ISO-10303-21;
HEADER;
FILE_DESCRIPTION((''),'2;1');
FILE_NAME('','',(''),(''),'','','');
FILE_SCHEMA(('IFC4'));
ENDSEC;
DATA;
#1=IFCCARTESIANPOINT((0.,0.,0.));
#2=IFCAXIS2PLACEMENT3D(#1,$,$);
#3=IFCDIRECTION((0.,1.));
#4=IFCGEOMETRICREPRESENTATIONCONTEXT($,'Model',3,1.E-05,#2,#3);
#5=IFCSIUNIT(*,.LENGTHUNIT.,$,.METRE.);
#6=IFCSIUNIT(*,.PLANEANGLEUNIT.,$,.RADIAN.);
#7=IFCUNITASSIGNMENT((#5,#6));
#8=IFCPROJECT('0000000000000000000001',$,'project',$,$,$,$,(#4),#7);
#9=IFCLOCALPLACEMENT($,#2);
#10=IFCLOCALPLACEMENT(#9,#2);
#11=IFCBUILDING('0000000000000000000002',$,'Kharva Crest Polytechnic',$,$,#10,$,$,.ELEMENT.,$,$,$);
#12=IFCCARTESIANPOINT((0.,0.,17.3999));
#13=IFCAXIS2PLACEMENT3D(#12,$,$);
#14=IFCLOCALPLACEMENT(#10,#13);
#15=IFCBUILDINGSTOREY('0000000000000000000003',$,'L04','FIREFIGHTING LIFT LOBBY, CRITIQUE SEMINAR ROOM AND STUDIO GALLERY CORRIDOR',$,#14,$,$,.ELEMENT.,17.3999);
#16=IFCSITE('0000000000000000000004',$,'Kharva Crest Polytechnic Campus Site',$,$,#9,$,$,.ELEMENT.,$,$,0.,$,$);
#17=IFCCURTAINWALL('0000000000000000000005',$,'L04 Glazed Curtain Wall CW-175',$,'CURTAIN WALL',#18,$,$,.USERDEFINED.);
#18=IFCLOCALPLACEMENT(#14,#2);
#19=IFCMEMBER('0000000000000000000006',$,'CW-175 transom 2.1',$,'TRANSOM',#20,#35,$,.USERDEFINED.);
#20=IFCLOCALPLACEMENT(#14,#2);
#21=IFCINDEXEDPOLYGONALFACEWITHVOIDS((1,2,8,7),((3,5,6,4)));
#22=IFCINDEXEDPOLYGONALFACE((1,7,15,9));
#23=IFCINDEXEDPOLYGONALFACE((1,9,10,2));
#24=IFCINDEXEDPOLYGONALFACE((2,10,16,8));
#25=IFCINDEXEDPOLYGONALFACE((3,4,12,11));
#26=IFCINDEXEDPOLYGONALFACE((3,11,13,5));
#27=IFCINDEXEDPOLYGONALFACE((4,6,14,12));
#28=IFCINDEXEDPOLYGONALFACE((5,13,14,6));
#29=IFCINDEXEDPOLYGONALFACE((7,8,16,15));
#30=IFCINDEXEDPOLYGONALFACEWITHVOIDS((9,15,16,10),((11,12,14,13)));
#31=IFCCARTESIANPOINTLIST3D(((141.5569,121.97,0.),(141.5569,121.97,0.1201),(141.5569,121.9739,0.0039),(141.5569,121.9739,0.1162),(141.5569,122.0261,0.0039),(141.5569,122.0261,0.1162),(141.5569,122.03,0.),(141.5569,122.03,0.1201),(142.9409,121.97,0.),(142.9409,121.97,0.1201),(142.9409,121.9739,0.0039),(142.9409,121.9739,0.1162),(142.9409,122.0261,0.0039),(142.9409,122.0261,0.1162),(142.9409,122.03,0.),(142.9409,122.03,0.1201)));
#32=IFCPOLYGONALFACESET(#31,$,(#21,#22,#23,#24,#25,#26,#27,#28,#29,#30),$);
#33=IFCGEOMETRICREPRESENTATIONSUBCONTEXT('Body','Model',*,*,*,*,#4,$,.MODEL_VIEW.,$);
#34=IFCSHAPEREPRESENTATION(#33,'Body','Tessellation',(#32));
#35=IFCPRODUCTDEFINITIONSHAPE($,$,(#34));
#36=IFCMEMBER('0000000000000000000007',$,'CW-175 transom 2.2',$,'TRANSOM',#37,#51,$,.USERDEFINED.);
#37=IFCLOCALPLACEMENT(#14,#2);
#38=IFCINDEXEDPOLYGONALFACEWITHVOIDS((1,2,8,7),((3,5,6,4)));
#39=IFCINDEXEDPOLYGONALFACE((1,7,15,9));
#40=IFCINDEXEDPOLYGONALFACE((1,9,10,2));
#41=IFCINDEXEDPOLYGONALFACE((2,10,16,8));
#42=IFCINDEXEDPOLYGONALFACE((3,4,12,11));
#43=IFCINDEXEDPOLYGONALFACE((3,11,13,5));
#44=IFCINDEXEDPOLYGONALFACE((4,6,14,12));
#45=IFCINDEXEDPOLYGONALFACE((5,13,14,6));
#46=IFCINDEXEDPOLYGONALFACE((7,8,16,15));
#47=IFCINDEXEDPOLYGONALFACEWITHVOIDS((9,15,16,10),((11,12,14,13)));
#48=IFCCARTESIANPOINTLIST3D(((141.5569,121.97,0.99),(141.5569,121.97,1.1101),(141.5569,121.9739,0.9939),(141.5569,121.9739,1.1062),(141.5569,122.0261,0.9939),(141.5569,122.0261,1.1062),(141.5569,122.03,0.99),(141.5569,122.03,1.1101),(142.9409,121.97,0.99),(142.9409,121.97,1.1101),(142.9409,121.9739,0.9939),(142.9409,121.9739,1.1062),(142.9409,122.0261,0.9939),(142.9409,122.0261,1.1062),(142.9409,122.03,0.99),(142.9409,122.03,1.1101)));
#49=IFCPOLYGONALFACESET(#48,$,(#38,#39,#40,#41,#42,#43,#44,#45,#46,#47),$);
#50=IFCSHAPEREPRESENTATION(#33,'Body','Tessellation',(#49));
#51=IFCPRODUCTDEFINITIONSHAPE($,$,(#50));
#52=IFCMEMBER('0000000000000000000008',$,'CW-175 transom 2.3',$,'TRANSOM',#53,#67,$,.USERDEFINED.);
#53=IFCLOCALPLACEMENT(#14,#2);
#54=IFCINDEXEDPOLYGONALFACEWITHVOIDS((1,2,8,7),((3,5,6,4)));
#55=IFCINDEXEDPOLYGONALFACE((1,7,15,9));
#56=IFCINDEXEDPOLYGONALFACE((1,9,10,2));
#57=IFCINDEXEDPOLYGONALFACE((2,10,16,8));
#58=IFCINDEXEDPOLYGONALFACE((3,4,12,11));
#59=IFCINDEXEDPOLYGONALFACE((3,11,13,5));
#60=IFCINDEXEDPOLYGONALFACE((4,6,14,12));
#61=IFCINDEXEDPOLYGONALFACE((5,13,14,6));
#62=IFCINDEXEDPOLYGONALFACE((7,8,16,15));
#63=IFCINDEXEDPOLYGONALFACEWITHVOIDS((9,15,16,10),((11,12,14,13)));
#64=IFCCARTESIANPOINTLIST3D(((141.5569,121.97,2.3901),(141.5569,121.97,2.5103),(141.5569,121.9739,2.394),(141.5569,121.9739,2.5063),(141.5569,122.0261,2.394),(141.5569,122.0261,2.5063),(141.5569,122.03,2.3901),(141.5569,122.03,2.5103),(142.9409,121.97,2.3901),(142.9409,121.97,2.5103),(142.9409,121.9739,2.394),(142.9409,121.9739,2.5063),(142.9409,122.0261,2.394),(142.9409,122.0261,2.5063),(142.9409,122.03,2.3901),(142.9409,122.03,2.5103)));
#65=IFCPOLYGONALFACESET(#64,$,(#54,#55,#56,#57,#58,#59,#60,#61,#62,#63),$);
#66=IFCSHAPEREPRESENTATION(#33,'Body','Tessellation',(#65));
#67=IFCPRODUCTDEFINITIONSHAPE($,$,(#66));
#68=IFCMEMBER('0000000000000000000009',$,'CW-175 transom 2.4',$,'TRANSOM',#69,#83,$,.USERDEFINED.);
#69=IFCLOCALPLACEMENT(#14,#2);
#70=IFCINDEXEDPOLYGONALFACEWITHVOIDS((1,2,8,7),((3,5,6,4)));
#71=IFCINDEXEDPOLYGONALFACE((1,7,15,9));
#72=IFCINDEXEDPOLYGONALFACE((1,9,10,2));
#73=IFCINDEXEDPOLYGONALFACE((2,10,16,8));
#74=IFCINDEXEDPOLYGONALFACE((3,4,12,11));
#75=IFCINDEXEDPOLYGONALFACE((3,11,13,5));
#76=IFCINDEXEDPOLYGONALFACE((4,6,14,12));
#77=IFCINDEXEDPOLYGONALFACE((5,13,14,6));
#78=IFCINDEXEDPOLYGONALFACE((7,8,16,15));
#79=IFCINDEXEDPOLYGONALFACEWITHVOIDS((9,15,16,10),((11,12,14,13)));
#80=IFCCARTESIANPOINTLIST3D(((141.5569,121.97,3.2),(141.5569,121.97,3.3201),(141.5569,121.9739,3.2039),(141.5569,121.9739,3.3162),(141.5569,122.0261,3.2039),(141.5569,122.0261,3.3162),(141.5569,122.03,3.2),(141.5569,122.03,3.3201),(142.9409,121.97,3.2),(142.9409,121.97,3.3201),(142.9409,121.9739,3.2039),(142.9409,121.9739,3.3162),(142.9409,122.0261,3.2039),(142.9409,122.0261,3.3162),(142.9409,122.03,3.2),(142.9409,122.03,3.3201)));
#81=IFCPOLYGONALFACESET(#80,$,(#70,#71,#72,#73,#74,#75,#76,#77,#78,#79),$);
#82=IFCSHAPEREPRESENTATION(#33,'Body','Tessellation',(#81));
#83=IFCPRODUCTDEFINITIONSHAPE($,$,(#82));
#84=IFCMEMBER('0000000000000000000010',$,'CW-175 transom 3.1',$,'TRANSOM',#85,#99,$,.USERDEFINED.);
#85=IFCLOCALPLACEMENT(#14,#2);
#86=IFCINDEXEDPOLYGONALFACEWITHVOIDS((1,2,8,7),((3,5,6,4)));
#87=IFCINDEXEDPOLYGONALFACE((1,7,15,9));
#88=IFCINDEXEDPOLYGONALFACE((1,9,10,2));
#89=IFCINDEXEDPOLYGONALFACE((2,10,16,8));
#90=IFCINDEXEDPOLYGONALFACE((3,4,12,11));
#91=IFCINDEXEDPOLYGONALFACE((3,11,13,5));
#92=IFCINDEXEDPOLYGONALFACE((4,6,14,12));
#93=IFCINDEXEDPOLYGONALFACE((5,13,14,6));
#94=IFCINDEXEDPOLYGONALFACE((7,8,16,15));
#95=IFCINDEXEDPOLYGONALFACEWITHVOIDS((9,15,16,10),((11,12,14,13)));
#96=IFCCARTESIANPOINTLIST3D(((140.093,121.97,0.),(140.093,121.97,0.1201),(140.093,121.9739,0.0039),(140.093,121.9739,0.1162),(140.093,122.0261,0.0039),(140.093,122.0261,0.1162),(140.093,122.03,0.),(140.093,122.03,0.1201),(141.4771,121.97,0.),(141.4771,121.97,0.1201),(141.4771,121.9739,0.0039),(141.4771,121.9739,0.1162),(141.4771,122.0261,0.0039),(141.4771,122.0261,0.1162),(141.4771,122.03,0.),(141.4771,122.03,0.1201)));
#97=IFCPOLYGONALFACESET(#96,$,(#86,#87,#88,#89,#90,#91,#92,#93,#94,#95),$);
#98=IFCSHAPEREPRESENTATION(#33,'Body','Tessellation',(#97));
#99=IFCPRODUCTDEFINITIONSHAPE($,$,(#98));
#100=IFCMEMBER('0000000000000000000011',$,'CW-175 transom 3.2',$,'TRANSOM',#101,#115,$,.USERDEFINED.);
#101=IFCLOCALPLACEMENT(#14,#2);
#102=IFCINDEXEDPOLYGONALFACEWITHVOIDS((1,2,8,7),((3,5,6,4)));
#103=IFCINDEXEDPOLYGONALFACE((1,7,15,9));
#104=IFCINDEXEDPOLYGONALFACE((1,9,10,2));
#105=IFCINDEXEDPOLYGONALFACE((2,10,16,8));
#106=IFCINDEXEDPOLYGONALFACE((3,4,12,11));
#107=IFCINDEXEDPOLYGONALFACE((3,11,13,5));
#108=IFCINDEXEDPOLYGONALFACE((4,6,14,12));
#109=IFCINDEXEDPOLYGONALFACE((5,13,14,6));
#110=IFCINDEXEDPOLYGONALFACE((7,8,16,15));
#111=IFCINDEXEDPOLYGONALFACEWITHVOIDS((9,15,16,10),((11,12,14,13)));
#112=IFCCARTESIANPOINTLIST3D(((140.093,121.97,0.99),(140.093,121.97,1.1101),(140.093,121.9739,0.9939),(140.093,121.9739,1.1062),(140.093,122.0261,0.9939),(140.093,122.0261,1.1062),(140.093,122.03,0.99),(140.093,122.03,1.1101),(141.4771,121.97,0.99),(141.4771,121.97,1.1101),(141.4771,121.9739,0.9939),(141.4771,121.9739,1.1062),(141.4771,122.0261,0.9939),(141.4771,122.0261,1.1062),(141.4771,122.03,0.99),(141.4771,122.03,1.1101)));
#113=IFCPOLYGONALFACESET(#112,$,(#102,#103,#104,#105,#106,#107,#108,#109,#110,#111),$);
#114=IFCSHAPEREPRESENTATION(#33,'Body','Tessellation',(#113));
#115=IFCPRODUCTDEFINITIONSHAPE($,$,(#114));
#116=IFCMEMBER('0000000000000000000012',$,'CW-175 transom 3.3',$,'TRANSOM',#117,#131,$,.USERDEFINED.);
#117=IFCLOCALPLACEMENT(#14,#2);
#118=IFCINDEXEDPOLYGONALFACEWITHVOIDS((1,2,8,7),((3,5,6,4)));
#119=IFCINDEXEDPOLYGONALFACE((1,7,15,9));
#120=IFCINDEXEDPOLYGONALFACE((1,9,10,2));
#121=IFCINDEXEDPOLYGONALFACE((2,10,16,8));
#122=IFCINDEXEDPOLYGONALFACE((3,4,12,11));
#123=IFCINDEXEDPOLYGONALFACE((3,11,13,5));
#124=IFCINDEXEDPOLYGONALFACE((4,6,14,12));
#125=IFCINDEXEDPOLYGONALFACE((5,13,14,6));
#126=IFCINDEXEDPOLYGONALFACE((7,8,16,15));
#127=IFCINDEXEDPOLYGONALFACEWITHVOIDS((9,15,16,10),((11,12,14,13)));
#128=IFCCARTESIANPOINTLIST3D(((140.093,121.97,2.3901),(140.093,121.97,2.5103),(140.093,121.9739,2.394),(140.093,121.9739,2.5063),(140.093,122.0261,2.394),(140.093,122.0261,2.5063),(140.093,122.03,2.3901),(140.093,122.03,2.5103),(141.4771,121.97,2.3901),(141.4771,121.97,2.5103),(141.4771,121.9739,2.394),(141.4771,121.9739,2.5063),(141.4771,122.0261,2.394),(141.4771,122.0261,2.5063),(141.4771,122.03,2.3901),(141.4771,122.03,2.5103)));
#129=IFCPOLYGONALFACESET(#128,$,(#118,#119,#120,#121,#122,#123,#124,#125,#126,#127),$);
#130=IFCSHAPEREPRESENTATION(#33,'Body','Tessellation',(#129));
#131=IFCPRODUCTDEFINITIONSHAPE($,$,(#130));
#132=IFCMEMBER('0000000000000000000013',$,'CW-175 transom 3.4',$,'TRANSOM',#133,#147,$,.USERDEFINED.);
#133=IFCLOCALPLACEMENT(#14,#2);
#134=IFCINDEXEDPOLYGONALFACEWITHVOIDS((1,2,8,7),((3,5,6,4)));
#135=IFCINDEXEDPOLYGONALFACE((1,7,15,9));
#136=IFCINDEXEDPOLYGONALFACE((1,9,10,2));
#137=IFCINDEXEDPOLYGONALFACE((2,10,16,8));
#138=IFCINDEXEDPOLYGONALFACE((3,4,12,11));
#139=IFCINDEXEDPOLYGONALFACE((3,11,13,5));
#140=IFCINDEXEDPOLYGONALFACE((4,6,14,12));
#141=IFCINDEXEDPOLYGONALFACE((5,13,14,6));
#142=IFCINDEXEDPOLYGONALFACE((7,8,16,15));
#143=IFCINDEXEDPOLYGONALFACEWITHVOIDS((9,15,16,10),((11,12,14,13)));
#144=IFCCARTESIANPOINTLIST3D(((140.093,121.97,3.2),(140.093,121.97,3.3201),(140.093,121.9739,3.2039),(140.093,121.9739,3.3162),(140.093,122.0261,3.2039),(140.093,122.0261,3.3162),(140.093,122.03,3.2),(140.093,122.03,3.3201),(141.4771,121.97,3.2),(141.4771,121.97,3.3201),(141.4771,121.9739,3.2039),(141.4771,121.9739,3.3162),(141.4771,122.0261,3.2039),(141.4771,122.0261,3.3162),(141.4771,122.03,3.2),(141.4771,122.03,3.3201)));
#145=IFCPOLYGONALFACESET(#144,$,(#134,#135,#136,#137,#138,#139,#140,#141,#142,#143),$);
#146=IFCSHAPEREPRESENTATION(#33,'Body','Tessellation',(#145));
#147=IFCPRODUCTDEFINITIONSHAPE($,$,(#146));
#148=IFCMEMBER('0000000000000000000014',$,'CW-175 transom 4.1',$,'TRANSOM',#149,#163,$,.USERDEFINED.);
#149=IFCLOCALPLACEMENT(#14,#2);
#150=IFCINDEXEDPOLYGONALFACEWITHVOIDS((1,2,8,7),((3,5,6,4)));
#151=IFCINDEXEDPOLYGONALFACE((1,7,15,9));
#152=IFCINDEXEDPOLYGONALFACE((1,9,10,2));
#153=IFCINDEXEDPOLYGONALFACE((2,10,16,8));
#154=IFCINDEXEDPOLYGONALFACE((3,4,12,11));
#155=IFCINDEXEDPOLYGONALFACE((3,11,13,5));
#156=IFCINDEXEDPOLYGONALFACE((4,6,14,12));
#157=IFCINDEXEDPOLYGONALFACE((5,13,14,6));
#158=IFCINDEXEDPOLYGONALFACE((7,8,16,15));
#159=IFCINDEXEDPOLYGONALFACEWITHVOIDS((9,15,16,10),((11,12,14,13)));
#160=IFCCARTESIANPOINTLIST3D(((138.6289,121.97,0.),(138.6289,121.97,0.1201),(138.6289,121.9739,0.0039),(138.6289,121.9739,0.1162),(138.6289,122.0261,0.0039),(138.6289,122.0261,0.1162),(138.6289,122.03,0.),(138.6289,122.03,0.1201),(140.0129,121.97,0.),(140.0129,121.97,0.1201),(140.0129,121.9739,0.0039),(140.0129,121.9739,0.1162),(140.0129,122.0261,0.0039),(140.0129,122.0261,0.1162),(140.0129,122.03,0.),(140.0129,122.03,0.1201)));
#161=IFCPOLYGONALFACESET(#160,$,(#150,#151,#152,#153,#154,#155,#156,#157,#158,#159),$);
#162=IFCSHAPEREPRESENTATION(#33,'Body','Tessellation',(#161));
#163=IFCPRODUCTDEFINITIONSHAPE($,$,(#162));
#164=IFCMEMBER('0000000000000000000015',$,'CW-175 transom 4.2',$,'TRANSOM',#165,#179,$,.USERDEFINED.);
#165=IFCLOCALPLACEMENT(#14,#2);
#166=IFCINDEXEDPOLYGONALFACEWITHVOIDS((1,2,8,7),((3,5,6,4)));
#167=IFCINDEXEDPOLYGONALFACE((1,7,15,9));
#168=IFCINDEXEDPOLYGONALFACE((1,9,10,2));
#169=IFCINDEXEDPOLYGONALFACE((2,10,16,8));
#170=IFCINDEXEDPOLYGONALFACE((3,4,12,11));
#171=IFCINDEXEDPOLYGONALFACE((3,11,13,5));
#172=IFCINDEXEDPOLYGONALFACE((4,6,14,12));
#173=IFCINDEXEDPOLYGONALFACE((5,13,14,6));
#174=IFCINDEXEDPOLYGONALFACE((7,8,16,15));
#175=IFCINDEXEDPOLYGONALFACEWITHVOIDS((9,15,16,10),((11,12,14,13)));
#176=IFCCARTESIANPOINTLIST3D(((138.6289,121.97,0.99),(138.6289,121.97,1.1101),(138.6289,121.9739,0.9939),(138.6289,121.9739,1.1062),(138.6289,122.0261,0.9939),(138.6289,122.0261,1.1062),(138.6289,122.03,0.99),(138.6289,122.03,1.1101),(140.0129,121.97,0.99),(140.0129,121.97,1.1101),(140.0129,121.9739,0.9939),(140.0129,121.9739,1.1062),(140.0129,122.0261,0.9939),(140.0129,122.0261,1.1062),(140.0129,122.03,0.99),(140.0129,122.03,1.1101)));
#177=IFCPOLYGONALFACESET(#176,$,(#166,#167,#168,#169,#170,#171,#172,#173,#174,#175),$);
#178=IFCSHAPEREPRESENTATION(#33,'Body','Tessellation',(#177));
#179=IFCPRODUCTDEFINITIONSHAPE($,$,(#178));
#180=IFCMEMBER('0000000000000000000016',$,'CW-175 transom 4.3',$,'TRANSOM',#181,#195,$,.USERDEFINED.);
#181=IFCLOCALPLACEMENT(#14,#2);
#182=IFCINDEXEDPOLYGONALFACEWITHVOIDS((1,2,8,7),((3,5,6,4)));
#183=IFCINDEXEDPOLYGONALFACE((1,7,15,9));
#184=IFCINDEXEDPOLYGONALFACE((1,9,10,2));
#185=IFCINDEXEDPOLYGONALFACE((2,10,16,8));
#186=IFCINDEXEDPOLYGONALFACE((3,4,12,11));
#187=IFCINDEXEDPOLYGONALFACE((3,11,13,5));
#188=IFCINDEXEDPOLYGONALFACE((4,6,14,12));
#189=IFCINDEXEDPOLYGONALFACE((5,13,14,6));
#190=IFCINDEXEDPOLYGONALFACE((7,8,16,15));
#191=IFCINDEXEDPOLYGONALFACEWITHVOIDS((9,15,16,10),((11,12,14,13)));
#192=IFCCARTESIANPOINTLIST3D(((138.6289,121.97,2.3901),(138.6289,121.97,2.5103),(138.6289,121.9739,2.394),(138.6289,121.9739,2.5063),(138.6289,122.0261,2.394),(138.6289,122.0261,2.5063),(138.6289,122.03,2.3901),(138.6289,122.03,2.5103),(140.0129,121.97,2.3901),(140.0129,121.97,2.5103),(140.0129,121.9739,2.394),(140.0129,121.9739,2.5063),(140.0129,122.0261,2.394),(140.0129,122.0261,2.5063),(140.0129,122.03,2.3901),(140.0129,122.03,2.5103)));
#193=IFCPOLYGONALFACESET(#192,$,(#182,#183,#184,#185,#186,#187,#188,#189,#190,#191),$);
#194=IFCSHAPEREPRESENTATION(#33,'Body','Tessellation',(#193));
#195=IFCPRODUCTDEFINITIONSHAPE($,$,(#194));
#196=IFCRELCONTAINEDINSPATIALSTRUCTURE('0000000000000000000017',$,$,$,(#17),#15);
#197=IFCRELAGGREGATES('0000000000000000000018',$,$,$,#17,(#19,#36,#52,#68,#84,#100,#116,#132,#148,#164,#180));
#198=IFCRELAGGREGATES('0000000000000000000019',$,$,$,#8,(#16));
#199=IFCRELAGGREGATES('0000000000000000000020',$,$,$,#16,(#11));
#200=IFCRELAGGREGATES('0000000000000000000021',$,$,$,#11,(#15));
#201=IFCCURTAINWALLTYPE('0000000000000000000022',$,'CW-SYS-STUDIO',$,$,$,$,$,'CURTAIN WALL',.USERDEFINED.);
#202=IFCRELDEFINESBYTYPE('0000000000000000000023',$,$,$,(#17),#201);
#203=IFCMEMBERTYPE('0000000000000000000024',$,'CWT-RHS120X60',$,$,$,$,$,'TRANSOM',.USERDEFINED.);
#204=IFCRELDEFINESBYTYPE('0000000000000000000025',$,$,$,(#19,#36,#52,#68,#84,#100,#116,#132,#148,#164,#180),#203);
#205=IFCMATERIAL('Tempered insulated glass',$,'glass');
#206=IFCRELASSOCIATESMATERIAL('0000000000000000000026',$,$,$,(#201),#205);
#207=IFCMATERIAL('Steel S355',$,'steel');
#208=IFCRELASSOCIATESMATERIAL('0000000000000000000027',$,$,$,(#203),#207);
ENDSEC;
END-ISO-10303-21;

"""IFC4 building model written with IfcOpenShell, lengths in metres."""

from ifc_helpers import new_model, si_unit, direction, frame, origin, origin_2d, place, context, subcontext, project, spatial, hollow_rectangle, extrude, material, material_profile, profile_set, type_object, element, aggregate, save


model = new_model("IFC4")

# Units and contexts
model_context = context("Model", 3, precision=1e-05, world=origin(), true_north=direction((0.0, 1.0)))
body_context = subcontext(model_context, "Body", "Model", "MODEL_VIEW")
ifc_project = project(units=[si_unit("LENGTHUNIT", "METRE"), si_unit("PLANEANGLEUNIT", "RADIAN")], contexts=[model_context])

# Site, building, storey
site_placement = place(None, origin())
site = spatial("IfcSite", under=ifc_project, at=site_placement, Name="Kharva Crest Polytechnic Campus Site", CompositionType="ELEMENT", RefElevation=0.0)
building_placement = place(site_placement, origin())
building = spatial("IfcBuilding", under=site, at=building_placement, Name="Kharva Crest Polytechnic", CompositionType="ELEMENT")
storey_placement = place(building_placement, frame((0.0, 0.0, 17.3999)))
storey = spatial("IfcBuildingStorey", under=building, at=storey_placement, Name="L04", Description="FIREFIGHTING LIFT LOBBY, CRITIQUE SEMINAR ROOM AND STUDIO GALLERY CORRIDOR", CompositionType="ELEMENT", Elevation=17.3999)

# Curtain wall, members
ifc_material_1 = material(Name="Tempered insulated glass", Category="glass")
curtain_wall_type = type_object("IfcCurtainWallType", Name="CW-SYS-STUDIO", ElementType="CURTAIN WALL", PredefinedType="USERDEFINED", material=ifc_material_1)
curtain_wall_placement = place(storey_placement, origin())
curtain_wall = element("IfcCurtainWall", 1, at=curtain_wall_placement, inside=storey, type_object=curtain_wall_type, Name="L04 Glazed Curtain Wall CW-175", ObjectType="CURTAIN WALL", PredefinedType="USERDEFINED")
ifc_material_2 = material(Name="Steel S355", Category="steel")
ifc_material_profile_1 = material_profile(ifc_material_2, hollow_rectangle(XDim=0.0601, YDim=0.1201, WallThickness=0.0039, at=origin_2d()), Name="RHS 120X60X4.0")
ifc_profile_set_1 = profile_set([ifc_material_profile_1], Name="Steel S355")
member_type_1 = type_object("IfcMemberType", Name="CWT-RHS120X60", ElementType="TRANSOM", PredefinedType="USERDEFINED", material=ifc_profile_set_1)
member_1_placement = place(storey_placement, frame((142.9409, 122.0, 0.0601), z_axis=(-1.0, 0.0, 0.0), x_axis=(0.0, -1.0, 0.0)))
member_1 = element("IfcMember", 2, at=member_1_placement, type_object=member_type_1, Name="CW-175 transom 2.1", ObjectType="TRANSOM", PredefinedType="USERDEFINED", context=body_context, shape_type="SweptSolid", body=[
    extrude(hollow_rectangle(XDim=0.0601, YDim=0.1201, WallThickness=0.0039, at=origin_2d()), origin(), (0.0, 0.0, 1.0), 1.384),
])
member_2_placement = place(storey_placement, frame((142.9409, 122.0, 1.05), z_axis=(-1.0, 0.0, 0.0), x_axis=(0.0, -1.0, 0.0)))
member_2 = element("IfcMember", 3, at=member_2_placement, type_object=member_type_1, Name="CW-175 transom 2.2", ObjectType="TRANSOM", PredefinedType="USERDEFINED", context=body_context, shape_type="SweptSolid", body=[
    extrude(hollow_rectangle(XDim=0.0601, YDim=0.1201, WallThickness=0.0039, at=origin_2d()), origin(), (0.0, 0.0, 1.0), 1.384),
])
member_3_placement = place(storey_placement, frame((142.9409, 122.0, 2.4502), z_axis=(-1.0, 0.0, 0.0), x_axis=(0.0, -1.0, 0.0)))
member_3 = element("IfcMember", 4, at=member_3_placement, type_object=member_type_1, Name="CW-175 transom 2.3", ObjectType="TRANSOM", PredefinedType="USERDEFINED", context=body_context, shape_type="SweptSolid", body=[
    extrude(hollow_rectangle(XDim=0.0601, YDim=0.1201, WallThickness=0.0039, at=origin_2d()), origin(), (0.0, 0.0, 1.0), 1.384),
])
member_4_placement = place(storey_placement, frame((142.9409, 122.0, 3.26), z_axis=(-1.0, 0.0, 0.0), x_axis=(0.0, -1.0, 0.0)))
member_4 = element("IfcMember", 5, at=member_4_placement, type_object=member_type_1, Name="CW-175 transom 2.4", ObjectType="TRANSOM", PredefinedType="USERDEFINED", context=body_context, shape_type="SweptSolid", body=[
    extrude(hollow_rectangle(XDim=0.0601, YDim=0.1201, WallThickness=0.0039, at=origin_2d()), origin(), (0.0, 0.0, 1.0), 1.384),
])
member_5_placement = place(storey_placement, frame((141.4771, 122.0, 0.0601), z_axis=(-1.0, 0.0, 0.0), x_axis=(0.0, -1.0, 0.0)))
member_5 = element("IfcMember", 6, at=member_5_placement, type_object=member_type_1, Name="CW-175 transom 3.1", ObjectType="TRANSOM", PredefinedType="USERDEFINED", context=body_context, shape_type="SweptSolid", body=[
    extrude(hollow_rectangle(XDim=0.0601, YDim=0.1201, WallThickness=0.0039, at=origin_2d()), origin(), (0.0, 0.0, 1.0), 1.384),
])
member_6_placement = place(storey_placement, frame((141.4771, 122.0, 1.05), z_axis=(-1.0, 0.0, 0.0), x_axis=(0.0, -1.0, 0.0)))
member_6 = element("IfcMember", 7, at=member_6_placement, type_object=member_type_1, Name="CW-175 transom 3.2", ObjectType="TRANSOM", PredefinedType="USERDEFINED", context=body_context, shape_type="SweptSolid", body=[
    extrude(hollow_rectangle(XDim=0.0601, YDim=0.1201, WallThickness=0.0039, at=origin_2d()), origin(), (0.0, 0.0, 1.0), 1.384),
])
member_7_placement = place(storey_placement, frame((141.4771, 122.0, 2.4502), z_axis=(-1.0, 0.0, 0.0), x_axis=(0.0, -1.0, 0.0)))
member_7 = element("IfcMember", 8, at=member_7_placement, type_object=member_type_1, Name="CW-175 transom 3.3", ObjectType="TRANSOM", PredefinedType="USERDEFINED", context=body_context, shape_type="SweptSolid", body=[
    extrude(hollow_rectangle(XDim=0.0601, YDim=0.1201, WallThickness=0.0039, at=origin_2d()), origin(), (0.0, 0.0, 1.0), 1.384),
])
member_8_placement = place(storey_placement, frame((141.4771, 122.0, 3.26), z_axis=(-1.0, 0.0, 0.0), x_axis=(0.0, -1.0, 0.0)))
member_8 = element("IfcMember", 9, at=member_8_placement, type_object=member_type_1, Name="CW-175 transom 3.4", ObjectType="TRANSOM", PredefinedType="USERDEFINED", context=body_context, shape_type="SweptSolid", body=[
    extrude(hollow_rectangle(XDim=0.0601, YDim=0.1201, WallThickness=0.0039, at=origin_2d()), origin(), (0.0, 0.0, 1.0), 1.384),
])
member_9_placement = place(storey_placement, frame((140.0129, 122.0, 0.0601), z_axis=(-1.0, 0.0, 0.0), x_axis=(0.0, -1.0, 0.0)))
member_9 = element("IfcMember", 10, at=member_9_placement, type_object=member_type_1, Name="CW-175 transom 4.1", ObjectType="TRANSOM", PredefinedType="USERDEFINED", context=body_context, shape_type="SweptSolid", body=[
    extrude(hollow_rectangle(XDim=0.0601, YDim=0.1201, WallThickness=0.0039, at=origin_2d()), origin(), (0.0, 0.0, 1.0), 1.384),
])
member_10_placement = place(storey_placement, frame((140.0129, 122.0, 1.05), z_axis=(-1.0, 0.0, 0.0), x_axis=(0.0, -1.0, 0.0)))
member_10 = element("IfcMember", 11, at=member_10_placement, type_object=member_type_1, Name="CW-175 transom 4.2", ObjectType="TRANSOM", PredefinedType="USERDEFINED", context=body_context, shape_type="SweptSolid", body=[
    extrude(hollow_rectangle(XDim=0.0601, YDim=0.1201, WallThickness=0.0039, at=origin_2d()), origin(), (0.0, 0.0, 1.0), 1.384),
])
member_11_placement = place(storey_placement, frame((140.0129, 122.0, 2.4502), z_axis=(-1.0, 0.0, 0.0), x_axis=(0.0, -1.0, 0.0)))
member_11 = element("IfcMember", 12, at=member_11_placement, type_object=member_type_1, Name="CW-175 transom 4.3", ObjectType="TRANSOM", PredefinedType="USERDEFINED", context=body_context, shape_type="SweptSolid", body=[
    extrude(hollow_rectangle(XDim=0.0601, YDim=0.1201, WallThickness=0.0039, at=origin_2d()), origin(), (0.0, 0.0, 1.0), 1.384),
])
aggregate(curtain_wall, [member_1, member_2, member_3, member_4, member_5, member_6, member_7, member_8, member_9, member_10, member_11])

save(model, "model.ifc")
